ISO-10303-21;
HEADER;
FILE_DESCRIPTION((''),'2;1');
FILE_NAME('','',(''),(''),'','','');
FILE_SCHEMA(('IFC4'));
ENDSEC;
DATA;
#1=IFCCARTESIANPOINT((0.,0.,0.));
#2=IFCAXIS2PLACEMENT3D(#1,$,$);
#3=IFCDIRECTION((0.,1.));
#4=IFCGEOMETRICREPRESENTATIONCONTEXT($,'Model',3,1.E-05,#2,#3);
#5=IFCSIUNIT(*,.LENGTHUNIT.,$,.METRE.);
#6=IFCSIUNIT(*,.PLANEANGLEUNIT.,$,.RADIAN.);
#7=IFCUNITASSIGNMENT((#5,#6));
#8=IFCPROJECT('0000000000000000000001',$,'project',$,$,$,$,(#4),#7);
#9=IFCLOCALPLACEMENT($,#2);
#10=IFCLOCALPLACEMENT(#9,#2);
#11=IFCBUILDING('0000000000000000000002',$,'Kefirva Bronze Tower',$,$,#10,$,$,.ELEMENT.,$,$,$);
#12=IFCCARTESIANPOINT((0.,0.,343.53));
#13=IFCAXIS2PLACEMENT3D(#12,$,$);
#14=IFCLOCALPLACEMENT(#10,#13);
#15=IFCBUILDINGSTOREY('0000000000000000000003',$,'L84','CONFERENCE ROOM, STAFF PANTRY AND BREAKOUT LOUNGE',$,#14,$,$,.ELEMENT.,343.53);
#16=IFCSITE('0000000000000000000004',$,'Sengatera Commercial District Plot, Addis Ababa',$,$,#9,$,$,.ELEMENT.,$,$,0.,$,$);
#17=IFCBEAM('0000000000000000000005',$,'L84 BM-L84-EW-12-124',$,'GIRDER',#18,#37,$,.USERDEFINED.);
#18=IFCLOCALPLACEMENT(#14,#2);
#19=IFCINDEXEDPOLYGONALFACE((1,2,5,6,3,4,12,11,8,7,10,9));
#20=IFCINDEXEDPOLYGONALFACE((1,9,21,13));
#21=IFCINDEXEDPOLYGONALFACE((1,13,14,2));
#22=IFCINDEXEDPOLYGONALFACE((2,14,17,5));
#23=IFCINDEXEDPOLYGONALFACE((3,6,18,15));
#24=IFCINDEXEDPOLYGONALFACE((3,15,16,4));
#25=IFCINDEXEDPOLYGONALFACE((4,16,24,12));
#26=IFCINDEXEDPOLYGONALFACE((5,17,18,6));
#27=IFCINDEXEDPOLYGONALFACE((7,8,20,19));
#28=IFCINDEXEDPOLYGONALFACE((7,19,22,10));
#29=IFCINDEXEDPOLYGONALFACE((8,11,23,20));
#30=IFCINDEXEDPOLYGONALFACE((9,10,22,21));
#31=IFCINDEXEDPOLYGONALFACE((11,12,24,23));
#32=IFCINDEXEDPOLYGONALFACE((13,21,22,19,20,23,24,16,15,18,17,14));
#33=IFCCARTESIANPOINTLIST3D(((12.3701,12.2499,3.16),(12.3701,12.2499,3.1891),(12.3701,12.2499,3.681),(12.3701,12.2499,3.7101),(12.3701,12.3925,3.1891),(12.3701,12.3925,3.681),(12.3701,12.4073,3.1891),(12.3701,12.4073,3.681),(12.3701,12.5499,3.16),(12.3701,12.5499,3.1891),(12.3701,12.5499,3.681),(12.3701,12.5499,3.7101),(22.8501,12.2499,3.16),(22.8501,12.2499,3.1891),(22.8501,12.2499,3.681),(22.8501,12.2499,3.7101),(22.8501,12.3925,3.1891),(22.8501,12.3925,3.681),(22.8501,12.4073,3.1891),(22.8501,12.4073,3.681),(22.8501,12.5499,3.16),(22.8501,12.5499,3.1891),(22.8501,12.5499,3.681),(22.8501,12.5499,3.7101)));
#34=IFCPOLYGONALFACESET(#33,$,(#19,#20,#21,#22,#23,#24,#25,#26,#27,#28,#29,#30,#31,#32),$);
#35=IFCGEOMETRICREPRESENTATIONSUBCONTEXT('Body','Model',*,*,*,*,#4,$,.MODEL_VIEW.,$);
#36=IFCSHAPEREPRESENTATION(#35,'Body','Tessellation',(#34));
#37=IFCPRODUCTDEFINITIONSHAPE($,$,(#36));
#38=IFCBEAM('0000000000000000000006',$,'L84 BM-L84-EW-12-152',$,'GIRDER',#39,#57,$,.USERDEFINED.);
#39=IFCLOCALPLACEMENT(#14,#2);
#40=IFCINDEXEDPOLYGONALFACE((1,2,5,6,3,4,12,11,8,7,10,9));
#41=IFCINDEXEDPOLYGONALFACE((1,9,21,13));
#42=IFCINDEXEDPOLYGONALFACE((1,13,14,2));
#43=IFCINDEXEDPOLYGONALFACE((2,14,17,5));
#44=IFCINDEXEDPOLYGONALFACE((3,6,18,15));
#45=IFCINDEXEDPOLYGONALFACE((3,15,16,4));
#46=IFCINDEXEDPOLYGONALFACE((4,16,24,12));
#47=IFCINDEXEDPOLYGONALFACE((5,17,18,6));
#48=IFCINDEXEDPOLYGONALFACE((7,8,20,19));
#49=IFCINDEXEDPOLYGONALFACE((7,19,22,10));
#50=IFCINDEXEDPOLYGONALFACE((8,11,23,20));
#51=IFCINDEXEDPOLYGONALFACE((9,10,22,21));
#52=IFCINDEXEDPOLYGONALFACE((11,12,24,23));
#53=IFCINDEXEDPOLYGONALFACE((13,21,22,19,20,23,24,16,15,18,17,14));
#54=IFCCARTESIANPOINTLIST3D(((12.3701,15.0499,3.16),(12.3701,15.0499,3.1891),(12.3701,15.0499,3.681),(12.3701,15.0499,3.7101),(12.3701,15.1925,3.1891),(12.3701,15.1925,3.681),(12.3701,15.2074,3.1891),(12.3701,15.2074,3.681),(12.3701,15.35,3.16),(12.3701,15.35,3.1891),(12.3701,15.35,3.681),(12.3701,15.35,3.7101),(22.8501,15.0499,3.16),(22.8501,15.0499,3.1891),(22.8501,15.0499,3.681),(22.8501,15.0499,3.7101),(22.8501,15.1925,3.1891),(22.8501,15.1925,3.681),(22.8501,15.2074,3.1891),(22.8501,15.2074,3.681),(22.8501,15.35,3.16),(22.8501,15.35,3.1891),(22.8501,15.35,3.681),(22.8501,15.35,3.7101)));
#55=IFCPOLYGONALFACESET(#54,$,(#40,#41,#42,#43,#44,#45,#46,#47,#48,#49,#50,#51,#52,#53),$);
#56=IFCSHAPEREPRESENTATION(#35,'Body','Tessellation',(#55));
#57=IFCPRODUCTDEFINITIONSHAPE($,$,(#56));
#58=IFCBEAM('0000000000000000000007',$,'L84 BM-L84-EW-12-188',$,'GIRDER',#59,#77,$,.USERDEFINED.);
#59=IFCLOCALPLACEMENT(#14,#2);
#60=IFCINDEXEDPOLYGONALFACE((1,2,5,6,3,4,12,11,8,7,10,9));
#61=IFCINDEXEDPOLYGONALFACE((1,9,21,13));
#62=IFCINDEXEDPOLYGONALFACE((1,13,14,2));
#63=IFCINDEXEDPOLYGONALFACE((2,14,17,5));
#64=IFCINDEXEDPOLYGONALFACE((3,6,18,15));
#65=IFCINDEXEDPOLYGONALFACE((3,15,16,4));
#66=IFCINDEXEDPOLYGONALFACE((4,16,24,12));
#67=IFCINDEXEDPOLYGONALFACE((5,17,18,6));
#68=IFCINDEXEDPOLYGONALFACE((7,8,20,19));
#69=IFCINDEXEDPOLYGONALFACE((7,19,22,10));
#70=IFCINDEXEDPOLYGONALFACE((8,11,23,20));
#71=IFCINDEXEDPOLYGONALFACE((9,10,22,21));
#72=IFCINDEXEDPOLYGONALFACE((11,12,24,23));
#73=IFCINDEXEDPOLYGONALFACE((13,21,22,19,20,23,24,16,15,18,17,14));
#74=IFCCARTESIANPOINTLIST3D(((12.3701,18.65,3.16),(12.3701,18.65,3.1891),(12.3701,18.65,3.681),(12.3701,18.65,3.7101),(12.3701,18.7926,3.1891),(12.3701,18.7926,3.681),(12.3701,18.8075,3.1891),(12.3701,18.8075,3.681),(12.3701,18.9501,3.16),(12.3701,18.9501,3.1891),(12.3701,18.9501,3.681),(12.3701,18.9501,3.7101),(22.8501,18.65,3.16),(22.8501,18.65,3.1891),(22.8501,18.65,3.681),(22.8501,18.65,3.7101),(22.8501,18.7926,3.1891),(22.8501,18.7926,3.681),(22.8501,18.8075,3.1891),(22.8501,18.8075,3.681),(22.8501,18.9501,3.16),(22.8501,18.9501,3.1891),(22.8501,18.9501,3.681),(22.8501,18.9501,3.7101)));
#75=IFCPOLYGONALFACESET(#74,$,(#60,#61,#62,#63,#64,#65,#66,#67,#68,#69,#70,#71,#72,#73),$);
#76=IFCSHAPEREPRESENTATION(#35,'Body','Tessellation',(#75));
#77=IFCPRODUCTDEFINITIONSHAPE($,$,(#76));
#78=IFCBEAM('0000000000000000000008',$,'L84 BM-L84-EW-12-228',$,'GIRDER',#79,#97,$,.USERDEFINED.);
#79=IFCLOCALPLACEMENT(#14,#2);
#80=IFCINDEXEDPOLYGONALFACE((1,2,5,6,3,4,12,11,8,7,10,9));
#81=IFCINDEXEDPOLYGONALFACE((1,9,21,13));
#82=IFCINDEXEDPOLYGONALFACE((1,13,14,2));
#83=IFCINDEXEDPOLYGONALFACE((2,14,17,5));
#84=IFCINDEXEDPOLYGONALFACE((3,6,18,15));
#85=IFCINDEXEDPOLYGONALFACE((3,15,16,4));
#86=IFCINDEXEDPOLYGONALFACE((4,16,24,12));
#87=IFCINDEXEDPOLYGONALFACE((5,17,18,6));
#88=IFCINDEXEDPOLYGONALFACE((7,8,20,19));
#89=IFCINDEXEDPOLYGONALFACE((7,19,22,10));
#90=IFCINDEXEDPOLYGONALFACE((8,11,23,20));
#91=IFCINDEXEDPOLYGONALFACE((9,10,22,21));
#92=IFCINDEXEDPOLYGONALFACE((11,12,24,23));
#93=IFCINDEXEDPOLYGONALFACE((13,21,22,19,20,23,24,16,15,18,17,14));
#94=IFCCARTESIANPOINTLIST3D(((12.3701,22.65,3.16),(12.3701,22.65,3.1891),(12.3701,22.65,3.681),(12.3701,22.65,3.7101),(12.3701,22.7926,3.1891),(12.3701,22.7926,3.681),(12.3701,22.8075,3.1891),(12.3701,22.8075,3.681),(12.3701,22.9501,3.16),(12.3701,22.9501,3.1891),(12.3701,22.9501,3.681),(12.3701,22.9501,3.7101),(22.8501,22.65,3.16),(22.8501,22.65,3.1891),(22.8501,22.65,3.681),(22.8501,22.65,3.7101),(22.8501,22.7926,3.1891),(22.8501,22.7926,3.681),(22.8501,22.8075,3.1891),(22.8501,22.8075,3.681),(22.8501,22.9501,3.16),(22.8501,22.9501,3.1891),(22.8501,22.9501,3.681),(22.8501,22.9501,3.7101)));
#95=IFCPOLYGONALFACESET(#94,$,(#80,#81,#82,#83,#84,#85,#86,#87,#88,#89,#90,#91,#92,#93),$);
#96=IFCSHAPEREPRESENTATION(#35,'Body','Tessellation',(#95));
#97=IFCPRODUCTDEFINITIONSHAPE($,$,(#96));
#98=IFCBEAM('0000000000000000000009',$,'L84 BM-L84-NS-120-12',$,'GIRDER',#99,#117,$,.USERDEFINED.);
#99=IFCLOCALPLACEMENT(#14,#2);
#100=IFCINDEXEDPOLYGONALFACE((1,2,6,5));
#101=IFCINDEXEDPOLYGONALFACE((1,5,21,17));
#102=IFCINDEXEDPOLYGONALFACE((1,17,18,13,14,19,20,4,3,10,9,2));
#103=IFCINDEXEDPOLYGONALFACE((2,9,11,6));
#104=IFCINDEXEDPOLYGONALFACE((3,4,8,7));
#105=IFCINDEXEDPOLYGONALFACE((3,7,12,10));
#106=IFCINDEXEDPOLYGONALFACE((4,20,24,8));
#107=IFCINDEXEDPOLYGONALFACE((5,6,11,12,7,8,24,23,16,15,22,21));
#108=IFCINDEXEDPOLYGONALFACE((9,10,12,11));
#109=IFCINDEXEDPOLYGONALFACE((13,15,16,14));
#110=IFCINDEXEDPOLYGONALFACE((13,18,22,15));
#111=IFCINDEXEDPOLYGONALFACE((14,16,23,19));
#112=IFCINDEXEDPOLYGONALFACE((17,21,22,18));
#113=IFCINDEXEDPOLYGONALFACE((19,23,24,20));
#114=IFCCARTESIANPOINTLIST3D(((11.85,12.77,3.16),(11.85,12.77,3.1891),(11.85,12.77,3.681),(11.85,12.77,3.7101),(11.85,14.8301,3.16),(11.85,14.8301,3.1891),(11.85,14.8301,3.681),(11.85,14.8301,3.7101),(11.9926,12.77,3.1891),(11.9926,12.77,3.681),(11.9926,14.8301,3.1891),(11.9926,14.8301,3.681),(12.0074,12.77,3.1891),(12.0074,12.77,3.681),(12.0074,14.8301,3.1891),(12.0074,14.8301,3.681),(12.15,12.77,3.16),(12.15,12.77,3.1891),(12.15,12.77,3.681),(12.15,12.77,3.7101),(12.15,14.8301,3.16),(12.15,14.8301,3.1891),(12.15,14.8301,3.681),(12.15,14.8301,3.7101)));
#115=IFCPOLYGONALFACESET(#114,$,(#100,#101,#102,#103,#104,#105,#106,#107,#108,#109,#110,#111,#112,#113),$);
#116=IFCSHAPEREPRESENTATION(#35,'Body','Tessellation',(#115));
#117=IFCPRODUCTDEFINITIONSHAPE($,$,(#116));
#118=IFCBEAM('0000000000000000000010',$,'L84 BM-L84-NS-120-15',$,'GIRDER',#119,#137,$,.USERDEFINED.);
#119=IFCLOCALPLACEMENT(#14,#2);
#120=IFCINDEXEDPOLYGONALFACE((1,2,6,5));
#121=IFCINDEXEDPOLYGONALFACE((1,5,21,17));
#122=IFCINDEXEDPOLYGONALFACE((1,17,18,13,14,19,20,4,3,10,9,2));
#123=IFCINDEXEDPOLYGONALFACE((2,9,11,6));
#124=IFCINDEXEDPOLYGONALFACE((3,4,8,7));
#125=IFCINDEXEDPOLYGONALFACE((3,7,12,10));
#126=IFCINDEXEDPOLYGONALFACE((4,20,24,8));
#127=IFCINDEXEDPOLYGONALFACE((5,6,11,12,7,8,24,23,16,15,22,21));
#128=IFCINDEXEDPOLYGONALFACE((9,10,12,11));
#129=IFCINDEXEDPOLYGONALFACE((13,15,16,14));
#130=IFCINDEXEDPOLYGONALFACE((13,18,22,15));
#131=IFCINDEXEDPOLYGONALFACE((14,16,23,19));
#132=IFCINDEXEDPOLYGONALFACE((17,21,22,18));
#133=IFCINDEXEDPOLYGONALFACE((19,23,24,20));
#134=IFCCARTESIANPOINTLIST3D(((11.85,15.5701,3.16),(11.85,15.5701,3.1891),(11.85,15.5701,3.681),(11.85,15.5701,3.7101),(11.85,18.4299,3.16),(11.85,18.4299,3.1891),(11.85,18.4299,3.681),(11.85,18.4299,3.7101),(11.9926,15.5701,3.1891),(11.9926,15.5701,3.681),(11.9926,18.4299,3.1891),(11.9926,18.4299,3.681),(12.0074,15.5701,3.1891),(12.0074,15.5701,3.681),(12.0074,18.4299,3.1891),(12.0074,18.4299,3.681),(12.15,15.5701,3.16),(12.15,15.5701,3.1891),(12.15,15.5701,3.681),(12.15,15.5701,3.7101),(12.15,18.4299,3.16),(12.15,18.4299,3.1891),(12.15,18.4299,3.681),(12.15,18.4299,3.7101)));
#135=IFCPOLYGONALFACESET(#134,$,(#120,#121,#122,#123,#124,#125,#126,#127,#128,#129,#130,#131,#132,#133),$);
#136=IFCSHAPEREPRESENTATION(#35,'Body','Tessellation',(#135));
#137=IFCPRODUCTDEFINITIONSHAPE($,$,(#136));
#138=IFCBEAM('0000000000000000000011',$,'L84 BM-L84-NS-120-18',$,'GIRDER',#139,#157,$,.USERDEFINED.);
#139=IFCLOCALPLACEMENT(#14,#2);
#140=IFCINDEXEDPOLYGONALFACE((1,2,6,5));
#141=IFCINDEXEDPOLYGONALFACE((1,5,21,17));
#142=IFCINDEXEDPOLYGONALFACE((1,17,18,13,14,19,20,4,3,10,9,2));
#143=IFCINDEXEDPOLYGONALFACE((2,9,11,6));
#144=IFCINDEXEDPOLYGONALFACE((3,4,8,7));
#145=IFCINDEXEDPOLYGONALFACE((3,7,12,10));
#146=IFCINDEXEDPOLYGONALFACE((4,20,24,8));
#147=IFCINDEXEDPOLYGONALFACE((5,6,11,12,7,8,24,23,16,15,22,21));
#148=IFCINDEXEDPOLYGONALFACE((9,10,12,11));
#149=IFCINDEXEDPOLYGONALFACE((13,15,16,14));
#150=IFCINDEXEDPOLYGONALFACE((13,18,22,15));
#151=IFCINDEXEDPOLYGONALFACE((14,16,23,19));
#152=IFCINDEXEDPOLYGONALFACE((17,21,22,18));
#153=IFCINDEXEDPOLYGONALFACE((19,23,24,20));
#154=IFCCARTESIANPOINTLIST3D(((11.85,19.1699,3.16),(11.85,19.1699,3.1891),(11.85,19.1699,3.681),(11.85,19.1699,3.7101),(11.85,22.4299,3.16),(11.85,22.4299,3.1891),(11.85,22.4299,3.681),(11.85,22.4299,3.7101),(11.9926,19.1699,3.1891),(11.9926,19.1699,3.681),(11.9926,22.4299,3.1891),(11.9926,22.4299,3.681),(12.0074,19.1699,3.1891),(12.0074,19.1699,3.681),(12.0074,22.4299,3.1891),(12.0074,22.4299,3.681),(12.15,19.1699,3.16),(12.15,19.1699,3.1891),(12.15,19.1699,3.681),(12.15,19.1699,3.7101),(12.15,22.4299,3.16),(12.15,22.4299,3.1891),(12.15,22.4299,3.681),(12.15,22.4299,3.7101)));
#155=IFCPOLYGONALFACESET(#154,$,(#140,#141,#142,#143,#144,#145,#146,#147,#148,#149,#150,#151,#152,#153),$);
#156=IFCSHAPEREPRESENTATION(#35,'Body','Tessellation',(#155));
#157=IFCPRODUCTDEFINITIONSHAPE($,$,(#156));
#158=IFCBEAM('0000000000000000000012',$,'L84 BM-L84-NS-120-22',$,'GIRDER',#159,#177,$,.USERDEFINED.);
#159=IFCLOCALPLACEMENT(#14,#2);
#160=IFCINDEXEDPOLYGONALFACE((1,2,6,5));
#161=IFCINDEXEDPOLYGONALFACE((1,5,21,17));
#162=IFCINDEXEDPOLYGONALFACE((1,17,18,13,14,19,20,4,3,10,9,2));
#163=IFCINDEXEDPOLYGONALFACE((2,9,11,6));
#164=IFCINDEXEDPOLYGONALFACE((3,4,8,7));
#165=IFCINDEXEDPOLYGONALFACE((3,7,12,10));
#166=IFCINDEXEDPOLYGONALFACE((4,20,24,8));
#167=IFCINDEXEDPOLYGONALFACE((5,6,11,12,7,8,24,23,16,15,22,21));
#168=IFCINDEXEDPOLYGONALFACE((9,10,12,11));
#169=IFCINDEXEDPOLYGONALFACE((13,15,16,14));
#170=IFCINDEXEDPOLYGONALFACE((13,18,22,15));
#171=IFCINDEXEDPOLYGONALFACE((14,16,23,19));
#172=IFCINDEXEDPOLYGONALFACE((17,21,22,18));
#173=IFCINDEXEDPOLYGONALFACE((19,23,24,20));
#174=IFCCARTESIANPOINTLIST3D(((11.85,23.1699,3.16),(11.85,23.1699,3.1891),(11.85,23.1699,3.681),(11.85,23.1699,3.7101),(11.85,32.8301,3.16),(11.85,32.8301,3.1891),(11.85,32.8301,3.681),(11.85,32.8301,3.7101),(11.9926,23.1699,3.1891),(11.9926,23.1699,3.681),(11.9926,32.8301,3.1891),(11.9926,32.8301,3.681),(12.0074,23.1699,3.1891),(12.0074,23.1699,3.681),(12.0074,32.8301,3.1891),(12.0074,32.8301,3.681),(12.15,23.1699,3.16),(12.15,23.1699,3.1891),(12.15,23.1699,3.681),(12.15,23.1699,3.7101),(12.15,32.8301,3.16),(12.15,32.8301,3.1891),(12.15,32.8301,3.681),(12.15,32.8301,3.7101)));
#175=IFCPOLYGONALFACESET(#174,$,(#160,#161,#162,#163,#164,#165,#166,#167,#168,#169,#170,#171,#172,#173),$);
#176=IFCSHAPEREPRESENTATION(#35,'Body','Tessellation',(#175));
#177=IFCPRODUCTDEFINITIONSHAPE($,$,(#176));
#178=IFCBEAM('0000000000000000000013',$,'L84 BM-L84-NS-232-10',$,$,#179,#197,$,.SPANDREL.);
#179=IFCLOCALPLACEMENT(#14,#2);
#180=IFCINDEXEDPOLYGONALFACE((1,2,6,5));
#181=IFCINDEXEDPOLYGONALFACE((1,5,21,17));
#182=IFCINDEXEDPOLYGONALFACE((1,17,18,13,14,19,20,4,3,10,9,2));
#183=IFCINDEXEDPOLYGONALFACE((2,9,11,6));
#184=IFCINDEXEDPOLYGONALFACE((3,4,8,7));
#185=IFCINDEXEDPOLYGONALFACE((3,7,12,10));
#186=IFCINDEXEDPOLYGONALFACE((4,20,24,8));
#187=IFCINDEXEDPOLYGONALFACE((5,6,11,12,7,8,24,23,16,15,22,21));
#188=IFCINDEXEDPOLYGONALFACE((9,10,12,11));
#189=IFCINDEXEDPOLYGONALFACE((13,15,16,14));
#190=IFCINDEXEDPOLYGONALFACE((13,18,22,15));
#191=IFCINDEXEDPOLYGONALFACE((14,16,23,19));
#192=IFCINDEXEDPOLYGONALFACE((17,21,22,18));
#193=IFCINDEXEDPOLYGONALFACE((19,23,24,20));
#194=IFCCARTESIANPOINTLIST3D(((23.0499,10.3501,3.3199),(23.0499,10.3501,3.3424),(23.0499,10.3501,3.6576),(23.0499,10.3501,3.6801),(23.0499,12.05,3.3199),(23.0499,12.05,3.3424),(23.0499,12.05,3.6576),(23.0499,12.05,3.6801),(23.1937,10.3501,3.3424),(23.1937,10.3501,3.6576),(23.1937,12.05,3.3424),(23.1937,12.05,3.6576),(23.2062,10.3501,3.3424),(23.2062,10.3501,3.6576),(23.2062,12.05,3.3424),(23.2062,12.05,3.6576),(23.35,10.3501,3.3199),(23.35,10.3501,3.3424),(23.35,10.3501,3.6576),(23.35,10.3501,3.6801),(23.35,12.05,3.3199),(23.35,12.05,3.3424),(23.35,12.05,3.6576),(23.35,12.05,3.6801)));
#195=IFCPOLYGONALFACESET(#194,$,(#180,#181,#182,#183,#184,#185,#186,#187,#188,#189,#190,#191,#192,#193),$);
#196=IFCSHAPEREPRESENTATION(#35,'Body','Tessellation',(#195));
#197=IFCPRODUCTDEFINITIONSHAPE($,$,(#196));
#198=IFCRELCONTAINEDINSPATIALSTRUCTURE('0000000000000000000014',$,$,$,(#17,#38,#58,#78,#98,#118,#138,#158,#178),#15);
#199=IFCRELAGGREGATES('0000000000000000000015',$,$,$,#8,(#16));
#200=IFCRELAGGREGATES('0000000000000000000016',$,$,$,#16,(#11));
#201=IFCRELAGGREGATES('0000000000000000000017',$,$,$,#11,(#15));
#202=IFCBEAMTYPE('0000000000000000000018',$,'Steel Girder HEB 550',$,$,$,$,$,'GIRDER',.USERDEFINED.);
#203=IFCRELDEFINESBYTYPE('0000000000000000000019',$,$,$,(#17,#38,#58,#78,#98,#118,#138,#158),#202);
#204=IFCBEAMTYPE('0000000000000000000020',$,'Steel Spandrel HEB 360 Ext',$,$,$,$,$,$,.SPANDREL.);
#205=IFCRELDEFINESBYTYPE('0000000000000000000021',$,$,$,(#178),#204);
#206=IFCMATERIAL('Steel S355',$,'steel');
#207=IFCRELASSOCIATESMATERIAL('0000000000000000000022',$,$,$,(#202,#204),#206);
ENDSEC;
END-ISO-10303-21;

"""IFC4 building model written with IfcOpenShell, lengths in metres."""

from ifc_helpers import new_model, si_unit, direction, frame, origin, origin_2d, place, context, subcontext, project, spatial, i_section, extrude, material, material_profile, profile_set, type_object, element, save


model = new_model("IFC4")

# Units and contexts
model_context = context("Model", 3, precision=1e-05, world=origin(), true_north=direction((0.0, 1.0)))
body_context = subcontext(model_context, "Body", "Model", "MODEL_VIEW")
ifc_project = project(units=[si_unit("LENGTHUNIT", "METRE"), si_unit("PLANEANGLEUNIT", "RADIAN")], contexts=[model_context])

# Site, building, storey
site_placement = place(None, origin())
site = spatial("IfcSite", under=ifc_project, at=site_placement, Name="Sengatera Commercial District Plot, Addis Ababa", CompositionType="ELEMENT", RefElevation=0.0)
building_placement = place(site_placement, origin())
building = spatial("IfcBuilding", under=site, at=building_placement, Name="Kefirva Bronze Tower", CompositionType="ELEMENT")
storey_placement = place(building_placement, frame((0.0, 0.0, 343.53)))
storey = spatial("IfcBuildingStorey", under=building, at=storey_placement, Name="L84", Description="CONFERENCE ROOM, STAFF PANTRY AND BREAKOUT LOUNGE", CompositionType="ELEMENT", Elevation=343.53)

# Beams
ifc_material_1 = material(Name="Steel S355", Category="steel")
ifc_material_profile_1 = material_profile(ifc_material_1, i_section(OverallWidth=0.3, OverallDepth=0.55, WebThickness=0.0149, FlangeThickness=0.0291, at=origin_2d()), Name="HEB 550")
ifc_profile_set_1 = profile_set([ifc_material_profile_1], Name="Steel S355")
beam_type_1 = type_object("IfcBeamType", Name="Steel Girder HEB 550", ElementType="GIRDER", PredefinedType="USERDEFINED", material=ifc_profile_set_1)
for number, where, z_axis, x_axis, name in (
    (1, (12.3701, 12.3999, 3.4351), (1.0, 0.0, 0.0), (0.0, 1.0, 0.0), "L84 BM-L84-EW-12-124"),
    (2, (12.3701, 15.2, 3.4351), (1.0, 0.0, 0.0), (0.0, 1.0, 0.0), "L84 BM-L84-EW-12-152"),
    (3, (12.3701, 18.8, 3.4351), (1.0, 0.0, 0.0), (0.0, 1.0, 0.0), "L84 BM-L84-EW-12-188"),
    (4, (12.3701, 22.8, 3.4351), (1.0, 0.0, 0.0), (0.0, 1.0, 0.0), "L84 BM-L84-EW-12-228"),
):
    element("IfcBeam", number, at=place(storey_placement, frame(where, z_axis=z_axis, x_axis=x_axis)), inside=storey, type_object=beam_type_1, Name=name, ObjectType="GIRDER", PredefinedType="USERDEFINED", context=body_context, shape_type="SweptSolid", body=[
        extrude(i_section(OverallWidth=0.3, OverallDepth=0.55, WebThickness=0.0149, FlangeThickness=0.0291, at=origin_2d()), origin(), (0.0, 0.0, 1.0), 10.48),
    ])
beam_1_placement = place(storey_placement, frame((12.0, 12.77, 3.4351), z_axis=(0.0, 1.0, 0.0), x_axis=(-1.0, 0.0, 0.0)))
element("IfcBeam", 5, at=beam_1_placement, inside=storey, type_object=beam_type_1, Name="L84 BM-L84-NS-120-12", ObjectType="GIRDER", PredefinedType="USERDEFINED", context=body_context, shape_type="SweptSolid", body=[
    extrude(i_section(OverallWidth=0.3, OverallDepth=0.55, WebThickness=0.0149, FlangeThickness=0.0291, at=origin_2d()), origin(), (0.0, 0.0, 1.0), 2.0601),
])
beam_2_placement = place(storey_placement, frame((12.0, 15.5701, 3.4351), z_axis=(0.0, 1.0, 0.0), x_axis=(-1.0, 0.0, 0.0)))
element("IfcBeam", 6, at=beam_2_placement, inside=storey, type_object=beam_type_1, Name="L84 BM-L84-NS-120-15", ObjectType="GIRDER", PredefinedType="USERDEFINED", context=body_context, shape_type="SweptSolid", body=[
    extrude(i_section(OverallWidth=0.3, OverallDepth=0.55, WebThickness=0.0149, FlangeThickness=0.0291, at=origin_2d()), origin(), (0.0, 0.0, 1.0), 2.8599),
])
beam_3_placement = place(storey_placement, frame((12.0, 19.1699, 3.4351), z_axis=(0.0, 1.0, 0.0), x_axis=(-1.0, 0.0, 0.0)))
element("IfcBeam", 7, at=beam_3_placement, inside=storey, type_object=beam_type_1, Name="L84 BM-L84-NS-120-18", ObjectType="GIRDER", PredefinedType="USERDEFINED", context=body_context, shape_type="SweptSolid", body=[
    extrude(i_section(OverallWidth=0.3, OverallDepth=0.55, WebThickness=0.0149, FlangeThickness=0.0291, at=origin_2d()), origin(), (0.0, 0.0, 1.0), 3.26),
])
beam_4_placement = place(storey_placement, frame((12.0, 23.1699, 3.4351), z_axis=(0.0, 1.0, 0.0), x_axis=(-1.0, 0.0, 0.0)))
element("IfcBeam", 8, at=beam_4_placement, inside=storey, type_object=beam_type_1, Name="L84 BM-L84-NS-120-22", ObjectType="GIRDER", PredefinedType="USERDEFINED", context=body_context, shape_type="SweptSolid", body=[
    extrude(i_section(OverallWidth=0.3, OverallDepth=0.55, WebThickness=0.0149, FlangeThickness=0.0291, at=origin_2d()), origin(), (0.0, 0.0, 1.0), 9.6602),
])
ifc_material_profile_2 = material_profile(ifc_material_1, i_section(OverallWidth=0.3, OverallDepth=0.3601, WebThickness=0.0125, FlangeThickness=0.0225, at=origin_2d()), Name="HEB 360")
ifc_profile_set_2 = profile_set([ifc_material_profile_2], Name="Steel S355")
beam_type_2 = type_object("IfcBeamType", Name="Steel Spandrel HEB 360 Ext", PredefinedType="SPANDREL", material=ifc_profile_set_2)
beam_5_placement = place(storey_placement, frame((23.2, 10.3501, 3.5), z_axis=(0.0, 1.0, 0.0), x_axis=(-1.0, 0.0, 0.0)))
element("IfcBeam", 9, at=beam_5_placement, inside=storey, type_object=beam_type_2, Name="L84 BM-L84-NS-232-10", PredefinedType="SPANDREL", context=body_context, shape_type="SweptSolid", body=[
    extrude(i_section(OverallWidth=0.3, OverallDepth=0.3601, WebThickness=0.0125, FlangeThickness=0.0225, at=origin_2d()), origin(), (0.0, 0.0, 1.0), 1.7),
])

save(model, "model.ifc")
